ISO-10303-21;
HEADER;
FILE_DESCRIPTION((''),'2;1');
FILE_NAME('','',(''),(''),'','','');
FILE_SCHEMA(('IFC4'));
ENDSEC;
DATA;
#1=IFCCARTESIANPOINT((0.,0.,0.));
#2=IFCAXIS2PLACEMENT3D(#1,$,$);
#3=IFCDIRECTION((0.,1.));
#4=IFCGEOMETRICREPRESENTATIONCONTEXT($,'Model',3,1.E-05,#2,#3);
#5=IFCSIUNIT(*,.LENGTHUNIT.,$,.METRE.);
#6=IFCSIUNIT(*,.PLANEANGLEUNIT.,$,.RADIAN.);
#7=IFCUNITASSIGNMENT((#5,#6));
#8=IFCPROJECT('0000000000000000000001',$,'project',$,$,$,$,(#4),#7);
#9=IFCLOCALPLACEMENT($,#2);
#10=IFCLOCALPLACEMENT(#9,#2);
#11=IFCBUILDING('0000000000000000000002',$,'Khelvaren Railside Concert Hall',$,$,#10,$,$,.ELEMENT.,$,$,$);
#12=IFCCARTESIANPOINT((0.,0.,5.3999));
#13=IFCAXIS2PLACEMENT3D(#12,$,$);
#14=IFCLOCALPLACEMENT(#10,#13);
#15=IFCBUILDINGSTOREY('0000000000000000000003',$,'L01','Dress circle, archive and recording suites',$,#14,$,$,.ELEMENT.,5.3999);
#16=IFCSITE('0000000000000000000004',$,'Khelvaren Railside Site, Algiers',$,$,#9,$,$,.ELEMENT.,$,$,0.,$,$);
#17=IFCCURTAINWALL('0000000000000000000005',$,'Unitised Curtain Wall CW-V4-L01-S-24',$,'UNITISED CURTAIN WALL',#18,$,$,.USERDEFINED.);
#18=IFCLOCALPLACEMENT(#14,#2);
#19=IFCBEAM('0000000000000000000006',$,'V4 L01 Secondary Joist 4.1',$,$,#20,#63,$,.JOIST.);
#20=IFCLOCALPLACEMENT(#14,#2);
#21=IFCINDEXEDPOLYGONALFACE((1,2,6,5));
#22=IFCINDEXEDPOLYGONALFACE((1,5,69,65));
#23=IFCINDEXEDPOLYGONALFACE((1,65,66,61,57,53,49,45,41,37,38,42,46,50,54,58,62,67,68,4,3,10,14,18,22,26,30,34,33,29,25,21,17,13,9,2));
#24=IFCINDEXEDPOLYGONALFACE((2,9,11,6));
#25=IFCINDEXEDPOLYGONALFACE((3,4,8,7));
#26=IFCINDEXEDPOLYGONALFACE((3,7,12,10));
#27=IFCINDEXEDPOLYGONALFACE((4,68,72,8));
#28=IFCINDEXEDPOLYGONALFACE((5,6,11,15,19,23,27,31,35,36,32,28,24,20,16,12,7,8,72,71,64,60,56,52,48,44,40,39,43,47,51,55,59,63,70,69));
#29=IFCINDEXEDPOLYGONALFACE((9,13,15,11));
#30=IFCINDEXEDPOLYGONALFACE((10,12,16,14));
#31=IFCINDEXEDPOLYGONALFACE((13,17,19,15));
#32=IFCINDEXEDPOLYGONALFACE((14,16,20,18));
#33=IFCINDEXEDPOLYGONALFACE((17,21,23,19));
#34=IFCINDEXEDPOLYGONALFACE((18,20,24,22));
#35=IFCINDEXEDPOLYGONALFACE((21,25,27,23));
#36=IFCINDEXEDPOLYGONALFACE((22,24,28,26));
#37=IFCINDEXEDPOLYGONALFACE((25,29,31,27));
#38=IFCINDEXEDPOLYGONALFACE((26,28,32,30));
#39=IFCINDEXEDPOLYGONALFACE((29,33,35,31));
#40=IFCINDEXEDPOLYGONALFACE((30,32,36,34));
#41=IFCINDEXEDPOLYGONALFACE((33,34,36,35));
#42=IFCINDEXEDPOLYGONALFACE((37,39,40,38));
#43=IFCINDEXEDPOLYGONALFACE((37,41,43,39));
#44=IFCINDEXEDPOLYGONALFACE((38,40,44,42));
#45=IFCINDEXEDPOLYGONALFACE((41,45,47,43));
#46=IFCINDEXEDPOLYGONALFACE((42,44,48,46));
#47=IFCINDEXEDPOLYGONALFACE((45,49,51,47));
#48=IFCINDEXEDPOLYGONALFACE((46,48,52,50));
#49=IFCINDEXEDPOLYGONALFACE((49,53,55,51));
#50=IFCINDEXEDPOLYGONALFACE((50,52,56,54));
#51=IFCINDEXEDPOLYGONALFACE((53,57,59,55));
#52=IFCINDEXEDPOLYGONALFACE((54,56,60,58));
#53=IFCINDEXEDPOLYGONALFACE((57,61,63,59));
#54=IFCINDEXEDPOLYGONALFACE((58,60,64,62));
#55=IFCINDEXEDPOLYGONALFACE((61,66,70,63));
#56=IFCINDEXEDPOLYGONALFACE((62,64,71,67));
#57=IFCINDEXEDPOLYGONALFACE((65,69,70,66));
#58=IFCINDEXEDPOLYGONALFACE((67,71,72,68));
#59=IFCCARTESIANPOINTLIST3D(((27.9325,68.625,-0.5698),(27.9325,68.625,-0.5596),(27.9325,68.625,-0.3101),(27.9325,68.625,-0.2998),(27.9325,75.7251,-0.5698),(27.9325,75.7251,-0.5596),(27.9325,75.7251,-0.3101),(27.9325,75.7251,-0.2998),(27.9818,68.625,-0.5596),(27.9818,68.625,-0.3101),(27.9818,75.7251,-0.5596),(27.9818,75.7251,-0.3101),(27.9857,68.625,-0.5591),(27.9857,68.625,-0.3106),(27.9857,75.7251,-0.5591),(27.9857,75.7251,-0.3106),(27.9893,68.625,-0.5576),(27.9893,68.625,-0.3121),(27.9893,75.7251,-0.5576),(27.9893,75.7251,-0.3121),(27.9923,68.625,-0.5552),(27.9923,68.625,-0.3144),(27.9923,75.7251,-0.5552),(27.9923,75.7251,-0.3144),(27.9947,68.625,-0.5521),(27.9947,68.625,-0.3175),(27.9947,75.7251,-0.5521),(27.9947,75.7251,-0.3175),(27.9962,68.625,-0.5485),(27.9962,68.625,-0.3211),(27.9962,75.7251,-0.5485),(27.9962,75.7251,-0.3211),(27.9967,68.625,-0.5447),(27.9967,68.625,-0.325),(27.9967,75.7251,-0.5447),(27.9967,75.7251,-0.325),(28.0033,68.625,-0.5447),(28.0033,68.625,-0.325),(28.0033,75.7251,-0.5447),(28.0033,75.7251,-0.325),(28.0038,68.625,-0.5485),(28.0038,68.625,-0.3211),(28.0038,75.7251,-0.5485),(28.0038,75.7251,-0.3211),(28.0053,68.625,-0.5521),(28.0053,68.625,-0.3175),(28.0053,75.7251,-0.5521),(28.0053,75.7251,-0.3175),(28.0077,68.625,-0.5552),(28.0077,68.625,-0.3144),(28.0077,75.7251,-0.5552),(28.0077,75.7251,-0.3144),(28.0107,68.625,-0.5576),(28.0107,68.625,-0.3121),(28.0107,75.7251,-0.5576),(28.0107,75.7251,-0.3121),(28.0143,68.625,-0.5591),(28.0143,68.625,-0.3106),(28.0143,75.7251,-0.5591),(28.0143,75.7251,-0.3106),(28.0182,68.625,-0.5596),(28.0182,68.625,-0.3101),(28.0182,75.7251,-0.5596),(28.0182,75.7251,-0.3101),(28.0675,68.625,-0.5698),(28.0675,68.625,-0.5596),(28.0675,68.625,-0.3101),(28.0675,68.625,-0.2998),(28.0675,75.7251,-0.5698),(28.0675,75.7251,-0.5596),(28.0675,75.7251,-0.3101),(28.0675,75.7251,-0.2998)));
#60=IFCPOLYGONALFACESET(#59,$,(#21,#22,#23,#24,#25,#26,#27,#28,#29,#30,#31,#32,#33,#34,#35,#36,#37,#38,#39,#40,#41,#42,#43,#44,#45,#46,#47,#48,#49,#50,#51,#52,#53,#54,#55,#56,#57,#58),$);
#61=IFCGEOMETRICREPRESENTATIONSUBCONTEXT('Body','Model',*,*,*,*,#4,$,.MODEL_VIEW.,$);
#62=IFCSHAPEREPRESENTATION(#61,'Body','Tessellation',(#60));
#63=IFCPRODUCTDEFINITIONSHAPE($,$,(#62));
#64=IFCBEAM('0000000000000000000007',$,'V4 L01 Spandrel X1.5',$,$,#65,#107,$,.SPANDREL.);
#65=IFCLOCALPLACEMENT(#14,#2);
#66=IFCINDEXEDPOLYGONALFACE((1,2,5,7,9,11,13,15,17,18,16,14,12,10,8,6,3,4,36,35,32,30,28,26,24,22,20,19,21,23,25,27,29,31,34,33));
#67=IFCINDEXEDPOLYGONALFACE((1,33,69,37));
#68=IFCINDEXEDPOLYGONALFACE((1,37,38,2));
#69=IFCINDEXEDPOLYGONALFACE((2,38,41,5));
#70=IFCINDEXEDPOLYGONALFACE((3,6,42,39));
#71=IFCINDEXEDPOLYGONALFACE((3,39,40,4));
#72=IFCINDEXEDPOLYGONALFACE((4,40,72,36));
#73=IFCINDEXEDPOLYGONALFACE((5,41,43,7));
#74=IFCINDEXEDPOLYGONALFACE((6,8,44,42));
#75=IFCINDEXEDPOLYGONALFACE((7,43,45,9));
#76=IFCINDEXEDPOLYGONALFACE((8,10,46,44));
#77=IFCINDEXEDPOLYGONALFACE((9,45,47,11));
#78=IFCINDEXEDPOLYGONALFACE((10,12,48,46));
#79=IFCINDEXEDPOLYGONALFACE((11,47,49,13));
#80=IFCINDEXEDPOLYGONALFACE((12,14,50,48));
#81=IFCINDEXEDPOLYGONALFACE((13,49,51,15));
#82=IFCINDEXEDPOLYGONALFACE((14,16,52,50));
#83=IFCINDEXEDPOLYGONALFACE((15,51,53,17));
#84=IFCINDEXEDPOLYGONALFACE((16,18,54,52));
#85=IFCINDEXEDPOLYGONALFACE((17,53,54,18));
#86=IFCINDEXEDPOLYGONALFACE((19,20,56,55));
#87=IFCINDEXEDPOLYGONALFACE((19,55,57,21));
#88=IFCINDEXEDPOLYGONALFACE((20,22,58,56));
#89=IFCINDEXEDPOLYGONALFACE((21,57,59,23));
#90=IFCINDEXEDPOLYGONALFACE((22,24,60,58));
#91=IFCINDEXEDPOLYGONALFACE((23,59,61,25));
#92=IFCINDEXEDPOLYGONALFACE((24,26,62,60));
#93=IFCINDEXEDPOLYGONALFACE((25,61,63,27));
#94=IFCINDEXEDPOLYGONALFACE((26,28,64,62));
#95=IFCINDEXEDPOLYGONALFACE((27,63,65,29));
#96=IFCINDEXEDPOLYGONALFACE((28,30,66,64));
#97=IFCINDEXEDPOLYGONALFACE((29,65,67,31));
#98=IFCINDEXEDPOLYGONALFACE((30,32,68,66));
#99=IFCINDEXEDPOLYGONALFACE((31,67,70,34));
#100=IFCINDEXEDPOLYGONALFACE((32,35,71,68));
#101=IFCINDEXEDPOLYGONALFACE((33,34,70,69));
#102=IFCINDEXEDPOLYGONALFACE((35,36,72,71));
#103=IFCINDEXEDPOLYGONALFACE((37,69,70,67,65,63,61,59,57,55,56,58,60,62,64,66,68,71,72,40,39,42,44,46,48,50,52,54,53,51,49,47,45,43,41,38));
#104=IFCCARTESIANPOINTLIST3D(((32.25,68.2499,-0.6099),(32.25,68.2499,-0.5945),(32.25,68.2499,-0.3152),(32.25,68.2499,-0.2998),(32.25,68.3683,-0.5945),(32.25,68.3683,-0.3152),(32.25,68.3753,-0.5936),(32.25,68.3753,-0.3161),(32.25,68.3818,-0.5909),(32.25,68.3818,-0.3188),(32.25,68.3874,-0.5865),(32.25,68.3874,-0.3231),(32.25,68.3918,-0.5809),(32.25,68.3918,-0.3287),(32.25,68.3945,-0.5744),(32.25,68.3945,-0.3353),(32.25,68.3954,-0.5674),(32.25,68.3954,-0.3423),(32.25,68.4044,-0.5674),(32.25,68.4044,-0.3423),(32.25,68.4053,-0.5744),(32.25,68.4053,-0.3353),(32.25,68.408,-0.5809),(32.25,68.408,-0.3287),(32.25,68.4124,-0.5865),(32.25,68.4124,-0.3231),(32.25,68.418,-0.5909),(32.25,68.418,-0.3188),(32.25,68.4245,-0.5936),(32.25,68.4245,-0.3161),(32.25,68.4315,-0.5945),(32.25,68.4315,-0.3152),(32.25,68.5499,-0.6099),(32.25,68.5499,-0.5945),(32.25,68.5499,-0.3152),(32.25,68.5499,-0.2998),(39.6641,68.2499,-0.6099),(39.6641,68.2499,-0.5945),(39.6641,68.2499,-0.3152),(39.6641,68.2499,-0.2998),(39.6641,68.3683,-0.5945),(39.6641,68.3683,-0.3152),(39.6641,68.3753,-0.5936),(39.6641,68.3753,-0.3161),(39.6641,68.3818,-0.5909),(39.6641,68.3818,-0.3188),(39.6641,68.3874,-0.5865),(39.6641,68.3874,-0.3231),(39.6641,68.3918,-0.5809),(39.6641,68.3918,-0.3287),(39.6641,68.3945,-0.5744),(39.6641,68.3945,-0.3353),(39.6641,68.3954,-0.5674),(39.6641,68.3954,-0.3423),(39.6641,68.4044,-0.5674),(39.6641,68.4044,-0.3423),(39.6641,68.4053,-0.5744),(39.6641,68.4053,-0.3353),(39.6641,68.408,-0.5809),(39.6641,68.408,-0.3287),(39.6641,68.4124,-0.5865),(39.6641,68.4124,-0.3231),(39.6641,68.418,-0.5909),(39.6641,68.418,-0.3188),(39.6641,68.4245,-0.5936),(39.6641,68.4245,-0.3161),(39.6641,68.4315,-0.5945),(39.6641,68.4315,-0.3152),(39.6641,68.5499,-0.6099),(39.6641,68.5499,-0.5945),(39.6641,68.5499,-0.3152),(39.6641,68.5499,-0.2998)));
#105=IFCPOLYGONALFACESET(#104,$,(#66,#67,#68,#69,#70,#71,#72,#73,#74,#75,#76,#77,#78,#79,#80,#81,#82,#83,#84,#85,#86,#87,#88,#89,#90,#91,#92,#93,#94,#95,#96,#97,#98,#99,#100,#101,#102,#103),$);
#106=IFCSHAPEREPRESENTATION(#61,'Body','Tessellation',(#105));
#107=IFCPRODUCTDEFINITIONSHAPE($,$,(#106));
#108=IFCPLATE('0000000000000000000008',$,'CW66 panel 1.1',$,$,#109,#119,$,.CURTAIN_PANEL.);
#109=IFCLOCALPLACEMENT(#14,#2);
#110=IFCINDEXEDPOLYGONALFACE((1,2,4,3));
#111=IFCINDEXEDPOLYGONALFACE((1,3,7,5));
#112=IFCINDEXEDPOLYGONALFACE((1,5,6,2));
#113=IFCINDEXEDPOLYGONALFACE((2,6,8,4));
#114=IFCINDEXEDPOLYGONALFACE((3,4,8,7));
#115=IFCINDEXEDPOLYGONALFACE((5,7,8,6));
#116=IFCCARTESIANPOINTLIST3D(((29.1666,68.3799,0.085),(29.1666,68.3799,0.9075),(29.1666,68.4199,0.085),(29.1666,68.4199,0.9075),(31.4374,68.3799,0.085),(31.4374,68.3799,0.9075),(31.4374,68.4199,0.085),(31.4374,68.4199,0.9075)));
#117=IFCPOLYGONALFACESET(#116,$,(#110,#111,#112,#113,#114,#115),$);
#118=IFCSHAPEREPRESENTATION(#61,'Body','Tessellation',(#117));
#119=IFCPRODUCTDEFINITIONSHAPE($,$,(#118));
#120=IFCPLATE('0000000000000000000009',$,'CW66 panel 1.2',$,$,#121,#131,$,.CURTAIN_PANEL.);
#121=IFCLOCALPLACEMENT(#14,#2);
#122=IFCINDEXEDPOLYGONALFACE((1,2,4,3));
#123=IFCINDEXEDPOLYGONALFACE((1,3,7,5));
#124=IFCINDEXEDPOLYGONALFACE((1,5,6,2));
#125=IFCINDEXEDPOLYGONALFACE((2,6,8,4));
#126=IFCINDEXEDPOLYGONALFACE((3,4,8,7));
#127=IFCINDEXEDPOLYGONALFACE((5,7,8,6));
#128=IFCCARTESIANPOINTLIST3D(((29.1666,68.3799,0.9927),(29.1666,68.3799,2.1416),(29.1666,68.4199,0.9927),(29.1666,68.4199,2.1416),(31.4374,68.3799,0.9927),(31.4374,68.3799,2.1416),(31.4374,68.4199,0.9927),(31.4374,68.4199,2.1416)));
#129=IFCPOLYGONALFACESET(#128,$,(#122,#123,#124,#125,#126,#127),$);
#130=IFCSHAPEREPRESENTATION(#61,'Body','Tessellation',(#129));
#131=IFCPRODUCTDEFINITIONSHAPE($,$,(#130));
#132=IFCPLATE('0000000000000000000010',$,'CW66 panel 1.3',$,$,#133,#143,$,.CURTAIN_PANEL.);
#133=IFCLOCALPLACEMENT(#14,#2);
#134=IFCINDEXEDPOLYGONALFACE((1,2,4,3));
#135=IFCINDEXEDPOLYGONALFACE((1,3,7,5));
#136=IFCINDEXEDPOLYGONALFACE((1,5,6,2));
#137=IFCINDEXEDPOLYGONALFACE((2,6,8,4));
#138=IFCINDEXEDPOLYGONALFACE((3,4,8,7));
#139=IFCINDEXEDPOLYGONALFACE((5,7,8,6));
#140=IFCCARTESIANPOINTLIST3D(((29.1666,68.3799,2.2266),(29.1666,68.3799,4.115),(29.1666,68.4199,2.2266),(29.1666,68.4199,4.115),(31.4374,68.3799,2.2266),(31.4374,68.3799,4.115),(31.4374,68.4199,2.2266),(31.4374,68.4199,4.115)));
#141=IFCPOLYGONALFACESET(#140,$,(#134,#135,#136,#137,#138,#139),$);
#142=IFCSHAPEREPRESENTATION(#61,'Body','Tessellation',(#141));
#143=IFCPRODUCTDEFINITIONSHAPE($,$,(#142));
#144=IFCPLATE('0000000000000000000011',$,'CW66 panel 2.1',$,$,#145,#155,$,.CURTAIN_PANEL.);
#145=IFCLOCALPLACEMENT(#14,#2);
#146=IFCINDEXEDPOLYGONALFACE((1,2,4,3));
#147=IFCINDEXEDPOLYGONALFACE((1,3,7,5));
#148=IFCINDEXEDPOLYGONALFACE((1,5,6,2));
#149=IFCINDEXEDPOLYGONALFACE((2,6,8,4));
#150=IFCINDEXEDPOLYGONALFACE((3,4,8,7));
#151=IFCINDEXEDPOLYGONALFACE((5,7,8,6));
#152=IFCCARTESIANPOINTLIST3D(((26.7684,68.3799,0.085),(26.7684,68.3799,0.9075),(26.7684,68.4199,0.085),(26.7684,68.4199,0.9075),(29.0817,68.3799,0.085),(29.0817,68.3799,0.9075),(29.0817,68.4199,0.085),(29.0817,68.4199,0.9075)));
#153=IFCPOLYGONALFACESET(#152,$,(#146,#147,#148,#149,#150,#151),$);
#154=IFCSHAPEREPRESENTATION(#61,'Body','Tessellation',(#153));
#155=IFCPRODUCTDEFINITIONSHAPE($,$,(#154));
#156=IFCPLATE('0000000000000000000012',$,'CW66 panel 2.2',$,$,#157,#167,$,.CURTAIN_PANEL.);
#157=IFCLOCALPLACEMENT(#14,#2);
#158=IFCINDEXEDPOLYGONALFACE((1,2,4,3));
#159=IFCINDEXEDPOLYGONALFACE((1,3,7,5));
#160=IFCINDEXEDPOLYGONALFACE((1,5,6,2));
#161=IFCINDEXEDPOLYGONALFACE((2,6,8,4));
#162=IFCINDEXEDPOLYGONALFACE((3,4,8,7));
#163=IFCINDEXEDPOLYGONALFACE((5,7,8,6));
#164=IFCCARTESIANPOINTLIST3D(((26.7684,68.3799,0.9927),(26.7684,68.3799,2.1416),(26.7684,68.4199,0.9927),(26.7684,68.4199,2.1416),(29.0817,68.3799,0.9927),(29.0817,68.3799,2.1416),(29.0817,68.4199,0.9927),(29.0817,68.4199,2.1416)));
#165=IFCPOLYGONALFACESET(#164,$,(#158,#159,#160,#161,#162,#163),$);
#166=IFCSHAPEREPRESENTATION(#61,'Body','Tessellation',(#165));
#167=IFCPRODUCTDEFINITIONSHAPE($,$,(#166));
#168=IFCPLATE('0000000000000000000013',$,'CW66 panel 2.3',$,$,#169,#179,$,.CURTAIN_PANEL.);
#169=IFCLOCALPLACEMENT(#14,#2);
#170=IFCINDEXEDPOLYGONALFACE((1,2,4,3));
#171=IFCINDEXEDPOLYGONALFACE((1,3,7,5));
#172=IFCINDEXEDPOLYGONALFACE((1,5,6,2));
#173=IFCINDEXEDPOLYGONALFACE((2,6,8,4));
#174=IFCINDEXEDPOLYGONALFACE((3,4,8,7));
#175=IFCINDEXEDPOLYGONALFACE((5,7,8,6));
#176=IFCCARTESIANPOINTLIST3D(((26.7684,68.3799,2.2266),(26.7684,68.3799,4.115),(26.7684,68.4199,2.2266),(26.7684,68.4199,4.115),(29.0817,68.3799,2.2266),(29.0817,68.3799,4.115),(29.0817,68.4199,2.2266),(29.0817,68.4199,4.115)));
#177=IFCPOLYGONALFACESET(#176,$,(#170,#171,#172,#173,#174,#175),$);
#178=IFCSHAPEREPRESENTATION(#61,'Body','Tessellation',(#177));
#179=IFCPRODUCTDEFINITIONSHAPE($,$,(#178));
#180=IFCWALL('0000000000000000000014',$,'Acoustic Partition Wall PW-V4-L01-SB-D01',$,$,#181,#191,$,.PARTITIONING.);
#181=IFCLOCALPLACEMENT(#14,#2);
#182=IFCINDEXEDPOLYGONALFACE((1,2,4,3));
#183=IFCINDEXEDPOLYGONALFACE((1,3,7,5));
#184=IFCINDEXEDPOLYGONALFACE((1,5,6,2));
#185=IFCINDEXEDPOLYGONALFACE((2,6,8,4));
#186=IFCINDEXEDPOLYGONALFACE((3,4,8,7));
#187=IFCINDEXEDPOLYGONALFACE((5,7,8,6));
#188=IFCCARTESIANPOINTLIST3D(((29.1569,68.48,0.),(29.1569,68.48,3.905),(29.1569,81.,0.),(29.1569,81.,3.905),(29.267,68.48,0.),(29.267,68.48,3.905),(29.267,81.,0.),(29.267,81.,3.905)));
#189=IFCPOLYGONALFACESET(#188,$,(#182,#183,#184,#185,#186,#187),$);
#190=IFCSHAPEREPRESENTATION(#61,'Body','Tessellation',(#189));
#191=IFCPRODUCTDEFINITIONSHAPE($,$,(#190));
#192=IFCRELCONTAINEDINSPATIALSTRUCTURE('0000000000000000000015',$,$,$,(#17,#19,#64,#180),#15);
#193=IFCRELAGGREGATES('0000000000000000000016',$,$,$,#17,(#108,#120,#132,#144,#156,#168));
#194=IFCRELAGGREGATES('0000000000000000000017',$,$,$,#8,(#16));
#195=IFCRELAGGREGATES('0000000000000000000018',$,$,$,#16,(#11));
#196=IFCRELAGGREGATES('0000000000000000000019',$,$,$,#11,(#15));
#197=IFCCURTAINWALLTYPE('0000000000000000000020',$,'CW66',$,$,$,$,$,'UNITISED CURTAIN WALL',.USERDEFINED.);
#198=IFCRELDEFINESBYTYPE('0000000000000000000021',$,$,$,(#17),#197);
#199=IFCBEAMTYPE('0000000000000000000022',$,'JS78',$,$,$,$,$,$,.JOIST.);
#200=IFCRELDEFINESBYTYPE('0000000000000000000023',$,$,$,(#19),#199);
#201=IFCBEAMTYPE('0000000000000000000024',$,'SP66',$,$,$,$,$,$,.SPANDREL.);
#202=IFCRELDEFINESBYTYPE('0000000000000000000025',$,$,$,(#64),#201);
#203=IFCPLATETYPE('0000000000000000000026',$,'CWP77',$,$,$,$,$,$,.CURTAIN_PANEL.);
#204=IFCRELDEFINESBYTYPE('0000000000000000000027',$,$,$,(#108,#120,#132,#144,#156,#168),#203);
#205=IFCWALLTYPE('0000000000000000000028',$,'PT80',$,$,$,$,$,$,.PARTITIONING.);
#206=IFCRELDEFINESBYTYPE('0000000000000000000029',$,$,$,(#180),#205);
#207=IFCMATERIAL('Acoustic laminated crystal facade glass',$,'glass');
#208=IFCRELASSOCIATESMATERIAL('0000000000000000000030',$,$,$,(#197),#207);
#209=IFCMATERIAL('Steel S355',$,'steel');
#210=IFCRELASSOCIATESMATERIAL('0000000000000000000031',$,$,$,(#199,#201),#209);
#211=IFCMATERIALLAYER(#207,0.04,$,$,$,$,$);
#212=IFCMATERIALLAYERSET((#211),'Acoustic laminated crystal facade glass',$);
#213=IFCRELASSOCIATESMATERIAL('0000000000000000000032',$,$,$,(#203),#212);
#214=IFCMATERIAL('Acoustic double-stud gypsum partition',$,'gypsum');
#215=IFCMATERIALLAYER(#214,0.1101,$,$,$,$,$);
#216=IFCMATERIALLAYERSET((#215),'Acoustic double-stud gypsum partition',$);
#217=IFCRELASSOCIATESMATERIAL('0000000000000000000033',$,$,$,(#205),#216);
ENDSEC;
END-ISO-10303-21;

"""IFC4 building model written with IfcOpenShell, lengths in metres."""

from ifc_helpers import new_model, si_unit, direction, frame, frame_2d, origin, origin_2d, place, context, subcontext, project, spatial, rectangle, i_section, extrude, material, layer, layer_set, material_profile, profile_set, type_object, element, aggregate, save


model = new_model("IFC4")

# Units and contexts
model_context = context("Model", 3, precision=1e-05, world=origin(), true_north=direction((0.0, 1.0)))
body_context = subcontext(model_context, "Body", "Model", "MODEL_VIEW")
ifc_project = project(units=[si_unit("LENGTHUNIT", "METRE"), si_unit("PLANEANGLEUNIT", "RADIAN")], contexts=[model_context])

# Site, building, storey
site_placement = place(None, origin())
site = spatial("IfcSite", under=ifc_project, at=site_placement, Name="Khelvaren Railside Site, Algiers", CompositionType="ELEMENT", RefElevation=0.0)
building_placement = place(site_placement, origin())
building = spatial("IfcBuilding", under=site, at=building_placement, Name="Khelvaren Railside Concert Hall", CompositionType="ELEMENT")
storey_placement = place(building_placement, frame((0.0, 0.0, 5.3999)))
storey = spatial("IfcBuildingStorey", under=building, at=storey_placement, Name="L01", Description="Dress circle, archive and recording suites", CompositionType="ELEMENT", Elevation=5.3999)

# Curtain wall
ifc_material_1 = material(Name="Acoustic laminated crystal facade glass", Category="glass")
curtain_wall_type = type_object("IfcCurtainWallType", Name="CW66", ElementType="UNITISED CURTAIN WALL", PredefinedType="USERDEFINED", material=ifc_material_1)
curtain_wall_placement = place(storey_placement, origin())
curtain_wall = element("IfcCurtainWall", 1, at=curtain_wall_placement, inside=storey, type_object=curtain_wall_type, Name="Unitised Curtain Wall CW-V4-L01-S-24", ObjectType="UNITISED CURTAIN WALL", PredefinedType="USERDEFINED")

# Beams
ifc_material_2 = material(Name="Steel S355", Category="steel")
ifc_material_profile_1 = material_profile(ifc_material_2, i_section(OverallWidth=0.135, OverallDepth=0.27, WebThickness=0.0066, FlangeThickness=0.0103, FilletRadius=0.0149, at=origin_2d()), Name="IPE 270")
ifc_profile_set_1 = profile_set([ifc_material_profile_1], Name="Steel S355")
beam_type_1 = type_object("IfcBeamType", Name="JS78", PredefinedType="JOIST", material=ifc_profile_set_1)
beam_1_placement = place(storey_placement, frame((28.0, 68.625, -0.4348), z_axis=(0.0, 1.0, 0.0), x_axis=(-1.0, 0.0, 0.0)))
element("IfcBeam", 2, at=beam_1_placement, inside=storey, type_object=beam_type_1, Name="V4 L01 Secondary Joist 4.1", PredefinedType="JOIST", context=body_context, shape_type="SweptSolid", body=[
    extrude(i_section(OverallWidth=0.135, OverallDepth=0.27, WebThickness=0.0066, FlangeThickness=0.0103, FilletRadius=0.0149, at=origin_2d()), origin(), (0.0, 0.0, 1.0), 7.1001),
])
ifc_material_profile_2 = material_profile(ifc_material_2, i_section(OverallWidth=0.3, OverallDepth=0.3101, WebThickness=0.009, FlangeThickness=0.0154, FilletRadius=0.0271, at=origin_2d()), Name="HEA 320")
ifc_profile_set_2 = profile_set([ifc_material_profile_2], Name="Steel S355")
beam_type_2 = type_object("IfcBeamType", Name="SP66", PredefinedType="SPANDREL", material=ifc_profile_set_2)
beam_2_placement = place(storey_placement, frame((32.25, 68.3999, -0.4548), z_axis=(1.0, 0.0, 0.0), x_axis=(0.0, 1.0, 0.0)))
element("IfcBeam", 3, at=beam_2_placement, inside=storey, type_object=beam_type_2, Name="V4 L01 Spandrel X1.5", PredefinedType="SPANDREL", context=body_context, shape_type="SweptSolid", body=[
    extrude(i_section(OverallWidth=0.3, OverallDepth=0.3101, WebThickness=0.009, FlangeThickness=0.0154, FilletRadius=0.0271, at=origin_2d()), origin(), (0.0, 0.0, 1.0), 7.4141),
])

# Plates
ifc_layer_1 = layer(ifc_material_1, 0.04)
ifc_layer_set_1 = layer_set([ifc_layer_1], Name="Acoustic laminated crystal facade glass")
plate_type = type_object("IfcPlateType", Name="CWP77", PredefinedType="CURTAIN_PANEL", material=ifc_layer_set_1)
plate_1_placement = place(storey_placement, frame((30.302, 68.3999, 0.085), z_axis=(0.0, 0.0, 1.0), x_axis=(-1.0, 0.0, 0.0)))
plate_1 = element("IfcPlate", 4, at=plate_1_placement, type_object=plate_type, Name="CW66 panel 1.1", PredefinedType="CURTAIN_PANEL", context=body_context, shape_type="SweptSolid", body=[
    extrude(rectangle(XDim=2.2708, YDim=0.04, at=origin_2d()), origin(), (0.0, 0.0, 1.0), 0.8225),
])
plate_2_placement = place(storey_placement, frame((30.302, 68.3999, 0.9927), z_axis=(0.0, 0.0, 1.0), x_axis=(-1.0, 0.0, 0.0)))
plate_2 = element("IfcPlate", 5, at=plate_2_placement, type_object=plate_type, Name="CW66 panel 1.2", PredefinedType="CURTAIN_PANEL", context=body_context, shape_type="SweptSolid", body=[
    extrude(rectangle(XDim=2.2708, YDim=0.04, at=origin_2d()), origin(), (0.0, 0.0, 1.0), 1.1489),
])
plate_3_placement = place(storey_placement, frame((30.302, 68.3999, 2.2266), z_axis=(0.0, 0.0, 1.0), x_axis=(-1.0, 0.0, 0.0)))
plate_3 = element("IfcPlate", 6, at=plate_3_placement, type_object=plate_type, Name="CW66 panel 1.3", PredefinedType="CURTAIN_PANEL", context=body_context, shape_type="SweptSolid", body=[
    extrude(rectangle(XDim=2.2708, YDim=0.04, at=origin_2d()), origin(), (0.0, 0.0, 1.0), 1.8884),
])
plate_4_placement = place(storey_placement, frame((27.925, 68.3999, 0.085), z_axis=(0.0, 0.0, 1.0), x_axis=(-1.0, 0.0, 0.0)))
plate_4 = element("IfcPlate", 7, at=plate_4_placement, type_object=plate_type, Name="CW66 panel 2.1", PredefinedType="CURTAIN_PANEL", context=body_context, shape_type="SweptSolid", body=[
    extrude(rectangle(XDim=2.3132, YDim=0.04, at=origin_2d()), origin(), (0.0, 0.0, 1.0), 0.8225),
])
plate_5_placement = place(storey_placement, frame((27.925, 68.3999, 0.9927), z_axis=(0.0, 0.0, 1.0), x_axis=(-1.0, 0.0, 0.0)))
plate_5 = element("IfcPlate", 8, at=plate_5_placement, type_object=plate_type, Name="CW66 panel 2.2", PredefinedType="CURTAIN_PANEL", context=body_context, shape_type="SweptSolid", body=[
    extrude(rectangle(XDim=2.3132, YDim=0.04, at=origin_2d()), origin(), (0.0, 0.0, 1.0), 1.1489),
])
plate_6_placement = place(storey_placement, frame((27.925, 68.3999, 2.2266), z_axis=(0.0, 0.0, 1.0), x_axis=(-1.0, 0.0, 0.0)))
plate_6 = element("IfcPlate", 9, at=plate_6_placement, type_object=plate_type, Name="CW66 panel 2.3", PredefinedType="CURTAIN_PANEL", context=body_context, shape_type="SweptSolid", body=[
    extrude(rectangle(XDim=2.3132, YDim=0.04, at=origin_2d()), origin(), (0.0, 0.0, 1.0), 1.8884),
])
aggregate(curtain_wall, [plate_1, plate_2, plate_3, plate_4, plate_5, plate_6])

# Wall
ifc_material_3 = material(Name="Acoustic double-stud gypsum partition", Category="gypsum")
ifc_layer_2 = layer(ifc_material_3, 0.1101)
ifc_layer_set_2 = layer_set([ifc_layer_2], Name="Acoustic double-stud gypsum partition")
wall_type = type_object("IfcWallType", Name="PT80", PredefinedType="PARTITIONING", material=ifc_layer_set_2)
wall_placement = place(storey_placement, frame((29.2119, 68.48, 0.0), z_axis=(0.0, 0.0, 1.0), x_axis=(0.0, 1.0, 0.0)))
element("IfcWall", 10, at=wall_placement, inside=storey, type_object=wall_type, Name="Acoustic Partition Wall PW-V4-L01-SB-D01", PredefinedType="PARTITIONING", context=body_context, shape_type="SweptSolid", body=[
    extrude(rectangle(XDim=12.52, YDim=0.1101, at=frame_2d((6.26, 0.0))), origin(), (0.0, 0.0, 1.0), 3.905),
])

save(model, "model.ifc")
